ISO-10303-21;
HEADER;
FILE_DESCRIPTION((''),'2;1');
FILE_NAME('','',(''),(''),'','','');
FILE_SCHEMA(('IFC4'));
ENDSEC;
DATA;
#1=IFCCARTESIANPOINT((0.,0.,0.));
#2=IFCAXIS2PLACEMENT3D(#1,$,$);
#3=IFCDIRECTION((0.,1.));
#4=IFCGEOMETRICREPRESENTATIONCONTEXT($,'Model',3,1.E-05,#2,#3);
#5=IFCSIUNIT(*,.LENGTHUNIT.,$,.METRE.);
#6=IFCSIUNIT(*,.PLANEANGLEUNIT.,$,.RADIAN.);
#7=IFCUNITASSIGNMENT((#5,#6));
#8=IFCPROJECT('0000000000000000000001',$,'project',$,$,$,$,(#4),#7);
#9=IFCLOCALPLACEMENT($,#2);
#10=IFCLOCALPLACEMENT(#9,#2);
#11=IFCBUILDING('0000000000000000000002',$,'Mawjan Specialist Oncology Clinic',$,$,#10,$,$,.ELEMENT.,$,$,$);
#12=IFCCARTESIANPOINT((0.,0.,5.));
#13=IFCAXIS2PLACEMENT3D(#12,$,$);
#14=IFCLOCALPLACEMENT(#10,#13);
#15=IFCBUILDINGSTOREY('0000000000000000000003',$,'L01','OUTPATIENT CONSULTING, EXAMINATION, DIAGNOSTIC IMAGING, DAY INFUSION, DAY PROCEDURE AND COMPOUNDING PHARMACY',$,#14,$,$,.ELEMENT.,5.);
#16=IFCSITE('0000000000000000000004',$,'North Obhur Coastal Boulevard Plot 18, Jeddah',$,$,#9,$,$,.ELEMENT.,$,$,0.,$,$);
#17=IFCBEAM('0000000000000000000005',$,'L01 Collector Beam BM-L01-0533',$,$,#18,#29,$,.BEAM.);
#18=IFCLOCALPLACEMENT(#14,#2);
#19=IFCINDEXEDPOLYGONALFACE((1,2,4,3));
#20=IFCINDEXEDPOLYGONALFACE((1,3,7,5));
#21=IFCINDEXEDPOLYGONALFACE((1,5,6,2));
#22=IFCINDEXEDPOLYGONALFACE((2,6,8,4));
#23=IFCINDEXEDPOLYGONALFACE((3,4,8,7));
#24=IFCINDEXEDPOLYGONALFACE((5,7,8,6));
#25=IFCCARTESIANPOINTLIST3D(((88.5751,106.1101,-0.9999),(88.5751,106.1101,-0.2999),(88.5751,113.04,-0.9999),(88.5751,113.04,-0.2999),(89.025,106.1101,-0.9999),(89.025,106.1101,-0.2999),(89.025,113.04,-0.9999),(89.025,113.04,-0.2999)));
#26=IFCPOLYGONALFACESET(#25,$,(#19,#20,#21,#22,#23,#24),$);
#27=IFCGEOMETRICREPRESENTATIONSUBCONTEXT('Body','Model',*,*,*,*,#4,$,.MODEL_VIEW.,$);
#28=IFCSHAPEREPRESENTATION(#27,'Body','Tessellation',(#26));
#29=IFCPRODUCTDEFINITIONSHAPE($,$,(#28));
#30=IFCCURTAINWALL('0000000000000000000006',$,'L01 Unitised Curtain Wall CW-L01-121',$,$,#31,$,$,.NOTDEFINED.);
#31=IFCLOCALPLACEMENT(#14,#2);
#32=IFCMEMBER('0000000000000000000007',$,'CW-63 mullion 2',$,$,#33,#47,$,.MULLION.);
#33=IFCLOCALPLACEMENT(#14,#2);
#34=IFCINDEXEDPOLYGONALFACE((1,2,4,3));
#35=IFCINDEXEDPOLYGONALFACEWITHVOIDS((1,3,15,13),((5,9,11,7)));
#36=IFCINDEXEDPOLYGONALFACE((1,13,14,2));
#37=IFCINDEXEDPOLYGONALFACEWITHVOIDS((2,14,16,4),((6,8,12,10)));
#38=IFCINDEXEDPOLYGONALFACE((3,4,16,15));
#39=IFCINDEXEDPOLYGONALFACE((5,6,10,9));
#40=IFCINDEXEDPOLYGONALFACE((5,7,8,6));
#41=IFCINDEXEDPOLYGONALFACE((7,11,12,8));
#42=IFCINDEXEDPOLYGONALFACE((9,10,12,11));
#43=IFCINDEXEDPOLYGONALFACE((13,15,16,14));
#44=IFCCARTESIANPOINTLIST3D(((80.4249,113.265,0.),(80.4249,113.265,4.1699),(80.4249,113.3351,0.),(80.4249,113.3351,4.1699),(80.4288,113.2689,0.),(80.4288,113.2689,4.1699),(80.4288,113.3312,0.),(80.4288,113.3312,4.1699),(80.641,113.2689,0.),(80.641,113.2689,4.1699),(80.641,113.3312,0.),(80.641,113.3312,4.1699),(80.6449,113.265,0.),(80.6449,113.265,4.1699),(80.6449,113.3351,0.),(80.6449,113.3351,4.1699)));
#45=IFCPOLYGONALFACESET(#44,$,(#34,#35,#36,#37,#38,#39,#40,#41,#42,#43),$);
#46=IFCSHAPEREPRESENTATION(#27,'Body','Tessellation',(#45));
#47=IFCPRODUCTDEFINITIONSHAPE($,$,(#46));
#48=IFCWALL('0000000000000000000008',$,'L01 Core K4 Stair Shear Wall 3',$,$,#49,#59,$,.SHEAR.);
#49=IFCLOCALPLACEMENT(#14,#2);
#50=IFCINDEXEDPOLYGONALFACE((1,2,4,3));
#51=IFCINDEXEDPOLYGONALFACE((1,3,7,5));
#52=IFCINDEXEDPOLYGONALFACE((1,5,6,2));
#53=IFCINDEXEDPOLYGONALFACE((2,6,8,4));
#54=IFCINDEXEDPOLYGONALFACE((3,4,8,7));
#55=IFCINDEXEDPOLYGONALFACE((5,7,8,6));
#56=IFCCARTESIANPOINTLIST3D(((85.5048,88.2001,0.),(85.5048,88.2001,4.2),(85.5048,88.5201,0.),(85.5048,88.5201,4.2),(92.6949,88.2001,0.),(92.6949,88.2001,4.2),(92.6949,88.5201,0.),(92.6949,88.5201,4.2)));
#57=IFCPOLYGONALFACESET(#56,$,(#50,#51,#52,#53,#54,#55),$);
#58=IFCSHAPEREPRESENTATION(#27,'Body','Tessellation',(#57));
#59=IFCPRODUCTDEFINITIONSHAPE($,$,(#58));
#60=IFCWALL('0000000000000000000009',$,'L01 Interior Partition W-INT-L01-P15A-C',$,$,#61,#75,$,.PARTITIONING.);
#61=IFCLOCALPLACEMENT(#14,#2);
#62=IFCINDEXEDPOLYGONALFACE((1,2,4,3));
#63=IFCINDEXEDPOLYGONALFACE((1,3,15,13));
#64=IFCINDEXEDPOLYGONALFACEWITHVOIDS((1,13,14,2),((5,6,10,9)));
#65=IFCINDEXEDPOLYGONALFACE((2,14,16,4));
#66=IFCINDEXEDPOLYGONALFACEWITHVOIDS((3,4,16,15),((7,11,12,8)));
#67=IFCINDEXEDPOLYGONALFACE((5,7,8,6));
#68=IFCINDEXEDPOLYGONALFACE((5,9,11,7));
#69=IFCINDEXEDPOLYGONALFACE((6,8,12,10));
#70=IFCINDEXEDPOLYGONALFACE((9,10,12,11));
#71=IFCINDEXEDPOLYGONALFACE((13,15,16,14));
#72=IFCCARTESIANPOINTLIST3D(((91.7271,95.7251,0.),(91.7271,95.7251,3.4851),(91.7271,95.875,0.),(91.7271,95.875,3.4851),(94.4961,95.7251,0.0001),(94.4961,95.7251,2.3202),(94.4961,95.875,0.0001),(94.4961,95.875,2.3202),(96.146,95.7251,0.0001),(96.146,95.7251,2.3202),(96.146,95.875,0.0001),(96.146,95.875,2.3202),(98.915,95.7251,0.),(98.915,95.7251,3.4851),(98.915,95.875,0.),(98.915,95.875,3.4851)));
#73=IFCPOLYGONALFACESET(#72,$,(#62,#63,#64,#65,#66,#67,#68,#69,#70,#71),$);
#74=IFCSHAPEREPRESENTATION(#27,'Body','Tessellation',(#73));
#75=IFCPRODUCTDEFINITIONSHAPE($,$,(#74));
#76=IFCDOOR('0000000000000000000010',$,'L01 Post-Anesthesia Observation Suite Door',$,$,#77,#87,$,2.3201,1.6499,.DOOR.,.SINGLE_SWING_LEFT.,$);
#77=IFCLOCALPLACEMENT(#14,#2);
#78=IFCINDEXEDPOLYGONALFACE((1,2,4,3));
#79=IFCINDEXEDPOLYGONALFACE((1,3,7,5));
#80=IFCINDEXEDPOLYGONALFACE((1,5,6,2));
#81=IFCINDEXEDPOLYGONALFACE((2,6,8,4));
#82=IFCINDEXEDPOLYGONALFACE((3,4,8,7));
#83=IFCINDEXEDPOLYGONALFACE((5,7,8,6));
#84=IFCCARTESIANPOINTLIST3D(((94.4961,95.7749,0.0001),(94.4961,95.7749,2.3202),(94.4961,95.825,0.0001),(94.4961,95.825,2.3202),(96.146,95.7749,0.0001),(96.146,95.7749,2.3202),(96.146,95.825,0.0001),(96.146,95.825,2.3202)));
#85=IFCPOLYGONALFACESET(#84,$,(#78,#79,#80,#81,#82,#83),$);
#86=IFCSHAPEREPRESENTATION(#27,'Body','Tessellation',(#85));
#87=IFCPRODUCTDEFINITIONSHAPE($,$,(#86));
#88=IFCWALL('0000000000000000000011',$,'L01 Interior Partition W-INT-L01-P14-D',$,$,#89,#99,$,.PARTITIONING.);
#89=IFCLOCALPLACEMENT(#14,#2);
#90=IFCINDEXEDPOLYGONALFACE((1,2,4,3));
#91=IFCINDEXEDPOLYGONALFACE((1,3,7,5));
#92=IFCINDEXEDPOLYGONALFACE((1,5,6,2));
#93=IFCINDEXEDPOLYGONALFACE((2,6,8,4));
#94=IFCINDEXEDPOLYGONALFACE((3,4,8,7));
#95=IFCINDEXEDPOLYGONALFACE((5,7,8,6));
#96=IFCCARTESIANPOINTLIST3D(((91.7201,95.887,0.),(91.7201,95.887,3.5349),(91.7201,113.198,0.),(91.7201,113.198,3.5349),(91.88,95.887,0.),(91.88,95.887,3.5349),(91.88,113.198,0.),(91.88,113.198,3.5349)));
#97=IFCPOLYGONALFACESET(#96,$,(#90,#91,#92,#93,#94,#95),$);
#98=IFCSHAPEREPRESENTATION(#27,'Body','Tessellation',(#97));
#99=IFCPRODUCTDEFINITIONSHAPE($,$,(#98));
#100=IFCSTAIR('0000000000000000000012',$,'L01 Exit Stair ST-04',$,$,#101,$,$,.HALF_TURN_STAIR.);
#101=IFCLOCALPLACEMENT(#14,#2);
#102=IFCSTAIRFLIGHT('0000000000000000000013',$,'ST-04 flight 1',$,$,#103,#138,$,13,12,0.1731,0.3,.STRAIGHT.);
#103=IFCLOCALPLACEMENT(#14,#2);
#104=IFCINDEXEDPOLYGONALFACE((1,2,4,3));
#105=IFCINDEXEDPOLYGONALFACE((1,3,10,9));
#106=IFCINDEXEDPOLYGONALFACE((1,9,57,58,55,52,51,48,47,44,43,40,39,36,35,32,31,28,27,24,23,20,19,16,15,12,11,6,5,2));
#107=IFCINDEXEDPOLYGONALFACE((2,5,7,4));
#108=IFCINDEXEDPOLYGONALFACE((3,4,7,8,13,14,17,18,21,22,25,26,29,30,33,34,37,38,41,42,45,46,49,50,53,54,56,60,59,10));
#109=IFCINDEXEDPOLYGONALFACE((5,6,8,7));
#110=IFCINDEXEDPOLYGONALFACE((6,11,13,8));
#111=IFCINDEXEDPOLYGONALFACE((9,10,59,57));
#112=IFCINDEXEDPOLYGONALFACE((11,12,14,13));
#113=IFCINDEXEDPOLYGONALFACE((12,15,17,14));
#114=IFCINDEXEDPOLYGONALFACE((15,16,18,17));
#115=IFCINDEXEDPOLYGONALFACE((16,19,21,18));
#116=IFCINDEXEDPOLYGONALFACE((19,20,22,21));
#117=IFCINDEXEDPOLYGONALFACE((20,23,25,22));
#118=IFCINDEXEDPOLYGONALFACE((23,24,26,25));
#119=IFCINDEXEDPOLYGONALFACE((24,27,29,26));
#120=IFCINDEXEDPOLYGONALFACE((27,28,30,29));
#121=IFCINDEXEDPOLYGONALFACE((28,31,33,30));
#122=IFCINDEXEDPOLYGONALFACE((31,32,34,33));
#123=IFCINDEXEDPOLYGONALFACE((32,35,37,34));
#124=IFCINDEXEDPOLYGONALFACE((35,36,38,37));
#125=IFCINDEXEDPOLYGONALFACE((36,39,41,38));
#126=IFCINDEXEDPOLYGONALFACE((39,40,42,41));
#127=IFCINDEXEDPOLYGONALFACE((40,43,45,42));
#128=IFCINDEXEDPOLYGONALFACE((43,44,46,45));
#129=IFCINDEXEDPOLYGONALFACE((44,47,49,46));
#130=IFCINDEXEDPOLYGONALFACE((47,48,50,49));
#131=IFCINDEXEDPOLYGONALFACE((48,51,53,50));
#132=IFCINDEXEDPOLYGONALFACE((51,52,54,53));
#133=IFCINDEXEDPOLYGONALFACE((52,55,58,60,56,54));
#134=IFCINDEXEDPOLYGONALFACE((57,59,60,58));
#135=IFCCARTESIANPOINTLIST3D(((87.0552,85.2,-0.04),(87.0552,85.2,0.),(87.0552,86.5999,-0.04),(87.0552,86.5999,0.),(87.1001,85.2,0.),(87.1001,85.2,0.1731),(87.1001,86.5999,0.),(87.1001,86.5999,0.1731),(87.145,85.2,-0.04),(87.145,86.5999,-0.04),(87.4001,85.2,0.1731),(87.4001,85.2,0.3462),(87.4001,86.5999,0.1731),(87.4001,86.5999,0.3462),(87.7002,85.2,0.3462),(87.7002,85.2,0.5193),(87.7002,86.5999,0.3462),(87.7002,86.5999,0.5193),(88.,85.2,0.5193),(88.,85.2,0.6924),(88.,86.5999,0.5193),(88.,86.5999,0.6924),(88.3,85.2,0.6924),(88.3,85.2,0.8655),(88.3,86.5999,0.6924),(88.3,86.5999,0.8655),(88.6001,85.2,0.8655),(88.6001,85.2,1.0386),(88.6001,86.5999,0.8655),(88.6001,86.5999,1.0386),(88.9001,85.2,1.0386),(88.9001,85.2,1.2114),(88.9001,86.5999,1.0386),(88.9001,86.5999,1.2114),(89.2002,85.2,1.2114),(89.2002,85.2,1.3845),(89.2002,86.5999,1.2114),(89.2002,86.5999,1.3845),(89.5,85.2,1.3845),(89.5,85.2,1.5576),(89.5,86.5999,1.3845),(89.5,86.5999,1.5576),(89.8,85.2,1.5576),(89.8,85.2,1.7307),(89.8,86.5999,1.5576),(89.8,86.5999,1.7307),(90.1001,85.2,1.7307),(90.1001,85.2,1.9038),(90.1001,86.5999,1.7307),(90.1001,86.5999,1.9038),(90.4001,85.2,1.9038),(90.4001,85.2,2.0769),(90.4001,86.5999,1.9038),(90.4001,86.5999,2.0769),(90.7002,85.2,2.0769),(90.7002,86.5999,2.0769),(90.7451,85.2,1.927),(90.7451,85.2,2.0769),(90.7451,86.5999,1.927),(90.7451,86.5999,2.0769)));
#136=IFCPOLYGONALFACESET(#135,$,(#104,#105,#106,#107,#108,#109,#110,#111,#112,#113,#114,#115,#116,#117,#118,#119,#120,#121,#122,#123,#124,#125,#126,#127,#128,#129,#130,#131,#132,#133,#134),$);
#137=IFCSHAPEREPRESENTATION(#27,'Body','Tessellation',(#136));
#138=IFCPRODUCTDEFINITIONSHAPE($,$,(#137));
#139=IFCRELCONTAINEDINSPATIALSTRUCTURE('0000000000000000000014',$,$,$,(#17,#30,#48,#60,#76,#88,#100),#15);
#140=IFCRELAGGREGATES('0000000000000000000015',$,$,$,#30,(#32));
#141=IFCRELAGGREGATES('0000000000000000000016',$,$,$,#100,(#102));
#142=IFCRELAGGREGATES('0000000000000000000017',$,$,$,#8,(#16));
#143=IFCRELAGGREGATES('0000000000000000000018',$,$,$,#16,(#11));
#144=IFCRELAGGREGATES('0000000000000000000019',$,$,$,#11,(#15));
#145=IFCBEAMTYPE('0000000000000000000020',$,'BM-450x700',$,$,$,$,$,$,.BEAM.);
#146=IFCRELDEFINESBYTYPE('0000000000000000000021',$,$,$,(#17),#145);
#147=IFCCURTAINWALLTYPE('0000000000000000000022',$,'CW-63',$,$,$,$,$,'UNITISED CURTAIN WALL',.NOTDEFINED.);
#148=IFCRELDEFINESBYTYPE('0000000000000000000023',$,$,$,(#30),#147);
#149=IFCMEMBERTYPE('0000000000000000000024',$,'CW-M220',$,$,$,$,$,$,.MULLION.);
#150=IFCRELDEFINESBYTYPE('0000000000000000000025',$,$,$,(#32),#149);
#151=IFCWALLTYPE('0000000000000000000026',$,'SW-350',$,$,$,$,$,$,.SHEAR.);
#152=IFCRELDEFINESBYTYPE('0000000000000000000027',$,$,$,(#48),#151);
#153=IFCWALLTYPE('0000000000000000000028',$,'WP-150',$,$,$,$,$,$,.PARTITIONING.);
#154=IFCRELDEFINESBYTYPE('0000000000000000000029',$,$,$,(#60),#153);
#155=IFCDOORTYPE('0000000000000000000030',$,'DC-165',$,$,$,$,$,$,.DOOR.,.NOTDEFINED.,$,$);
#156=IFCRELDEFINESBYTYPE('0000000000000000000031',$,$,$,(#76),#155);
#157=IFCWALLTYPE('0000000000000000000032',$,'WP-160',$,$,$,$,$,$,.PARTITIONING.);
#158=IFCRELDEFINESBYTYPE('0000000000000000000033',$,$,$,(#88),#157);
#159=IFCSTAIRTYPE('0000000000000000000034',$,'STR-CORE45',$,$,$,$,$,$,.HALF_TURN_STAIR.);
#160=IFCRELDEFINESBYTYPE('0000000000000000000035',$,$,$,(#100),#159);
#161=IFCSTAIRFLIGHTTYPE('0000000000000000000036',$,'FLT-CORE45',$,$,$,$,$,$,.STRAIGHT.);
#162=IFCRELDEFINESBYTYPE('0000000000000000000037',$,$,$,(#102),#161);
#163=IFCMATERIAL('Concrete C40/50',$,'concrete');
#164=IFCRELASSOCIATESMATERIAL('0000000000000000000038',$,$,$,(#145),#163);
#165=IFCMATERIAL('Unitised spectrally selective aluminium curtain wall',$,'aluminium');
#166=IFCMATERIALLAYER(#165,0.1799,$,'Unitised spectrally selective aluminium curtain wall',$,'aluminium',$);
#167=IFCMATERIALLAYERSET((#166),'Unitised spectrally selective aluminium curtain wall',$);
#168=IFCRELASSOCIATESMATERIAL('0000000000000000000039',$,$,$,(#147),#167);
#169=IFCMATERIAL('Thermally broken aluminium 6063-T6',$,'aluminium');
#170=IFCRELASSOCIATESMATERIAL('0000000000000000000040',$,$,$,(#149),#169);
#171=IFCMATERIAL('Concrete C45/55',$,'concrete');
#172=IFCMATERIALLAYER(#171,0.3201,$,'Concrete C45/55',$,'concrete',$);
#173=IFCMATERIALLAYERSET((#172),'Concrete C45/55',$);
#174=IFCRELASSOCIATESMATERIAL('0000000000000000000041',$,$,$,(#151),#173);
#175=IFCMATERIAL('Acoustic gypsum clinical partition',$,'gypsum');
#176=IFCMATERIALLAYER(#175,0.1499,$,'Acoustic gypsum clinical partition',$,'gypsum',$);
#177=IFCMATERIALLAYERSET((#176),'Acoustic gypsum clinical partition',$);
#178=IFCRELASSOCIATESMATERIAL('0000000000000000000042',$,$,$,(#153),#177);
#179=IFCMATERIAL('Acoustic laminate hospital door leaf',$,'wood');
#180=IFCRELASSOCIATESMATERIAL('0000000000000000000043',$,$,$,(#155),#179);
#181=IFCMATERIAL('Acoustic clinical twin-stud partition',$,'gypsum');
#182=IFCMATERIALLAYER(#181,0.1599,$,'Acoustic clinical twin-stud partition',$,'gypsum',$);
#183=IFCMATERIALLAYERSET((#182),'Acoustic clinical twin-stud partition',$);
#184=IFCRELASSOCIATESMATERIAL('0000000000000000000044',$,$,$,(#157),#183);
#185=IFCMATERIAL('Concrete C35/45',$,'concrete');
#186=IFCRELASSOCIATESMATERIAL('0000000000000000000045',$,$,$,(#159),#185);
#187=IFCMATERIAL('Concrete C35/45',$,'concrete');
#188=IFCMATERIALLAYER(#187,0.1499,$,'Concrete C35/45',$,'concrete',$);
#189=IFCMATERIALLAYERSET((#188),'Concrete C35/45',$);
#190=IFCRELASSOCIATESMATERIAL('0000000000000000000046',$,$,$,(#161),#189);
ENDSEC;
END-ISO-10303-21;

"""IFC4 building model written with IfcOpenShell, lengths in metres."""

from ifc_helpers import new_model, si_unit, direction, frame, frame_2d, origin, origin_2d, place, context, subcontext, project, spatial, polyline, rectangle, hollow_rectangle, outline, extrude, material, layer, layer_set, material_profile, profile_set, type_object, element, fill, aggregate, save


model = new_model("IFC4")

# Units and contexts
model_context = context("Model", 3, precision=1e-05, world=origin(), true_north=direction((0.0, 1.0)))
body_context = subcontext(model_context, "Body", "Model", "MODEL_VIEW")
ifc_project = project(units=[si_unit("LENGTHUNIT", "METRE"), si_unit("PLANEANGLEUNIT", "RADIAN")], contexts=[model_context])

# Site, building, storey
site_placement = place(None, origin())
site = spatial("IfcSite", under=ifc_project, at=site_placement, Name="North Obhur Coastal Boulevard Plot 18, Jeddah", CompositionType="ELEMENT", RefElevation=0.0)
building_placement = place(site_placement, origin())
building = spatial("IfcBuilding", under=site, at=building_placement, Name="Mawjan Specialist Oncology Clinic", CompositionType="ELEMENT")
storey_placement = place(building_placement, frame((0.0, 0.0, 5.0)))
storey = spatial("IfcBuildingStorey", under=building, at=storey_placement, Name="L01", Description="OUTPATIENT CONSULTING, EXAMINATION, DIAGNOSTIC IMAGING, DAY INFUSION, DAY PROCEDURE AND COMPOUNDING PHARMACY", CompositionType="ELEMENT", Elevation=5.0)

# Beam
ifc_material_1 = material(Name="Concrete C40/50", Category="concrete")
ifc_material_profile_1 = material_profile(ifc_material_1, rectangle(XDim=0.45, YDim=0.7, at=origin_2d()), Name="RC BM 450x700", Category="concrete")
ifc_profile_set_1 = profile_set([ifc_material_profile_1], Name="Concrete C40/50")
beam_type_1 = type_object("IfcBeamType", Name="BM-450x700", PredefinedType="BEAM", material=ifc_profile_set_1)
beam_1_placement = place(storey_placement, frame((88.8, 106.1101, -0.6499), z_axis=(0.0, 1.0, 0.0), x_axis=(-1.0, 0.0, 0.0)))
element("IfcBeam", 1, at=beam_1_placement, inside=storey, type_object=beam_type_1, Name="L01 Collector Beam BM-L01-0533", PredefinedType="BEAM", context=body_context, shape_type="SweptSolid", body=[
    extrude(rectangle(XDim=0.45, YDim=0.7, at=origin_2d()), origin(), (0.0, 0.0, 1.0), 6.9299),
])

# Curtain wall, member
ifc_material_2 = material(Name="Unitised spectrally selective aluminium curtain wall", Category="aluminium")
ifc_layer_1 = layer(ifc_material_2, 0.1799, Name="Unitised spectrally selective aluminium curtain wall", Category="aluminium")
ifc_layer_set_1 = layer_set([ifc_layer_1], Name="Unitised spectrally selective aluminium curtain wall")
curtain_wall_type = type_object("IfcCurtainWallType", Name="CW-63", ElementType="UNITISED CURTAIN WALL", PredefinedType="NOTDEFINED", material=ifc_layer_set_1)
curtain_wall_placement = place(storey_placement, origin())
curtain_wall = element("IfcCurtainWall", 2, at=curtain_wall_placement, inside=storey, type_object=curtain_wall_type, Name="L01 Unitised Curtain Wall CW-L01-121", PredefinedType="NOTDEFINED")
ifc_material_3 = material(Name="Thermally broken aluminium 6063-T6", Category="aluminium")
ifc_material_profile_2 = material_profile(ifc_material_3, hollow_rectangle(XDim=0.0701, YDim=0.22, WallThickness=0.0039, at=origin_2d()), Name="ALU MULLION 220x70x4", Category="aluminium")
ifc_profile_set_2 = profile_set([ifc_material_profile_2], Name="Thermally broken aluminium 6063-T6")
member_type = type_object("IfcMemberType", Name="CW-M220", PredefinedType="MULLION", material=ifc_profile_set_2)
member_placement = place(storey_placement, frame((80.5349, 113.3, 0.0), z_axis=(0.0, 0.0, 1.0), x_axis=(0.0, 1.0, 0.0)))
member = element("IfcMember", 3, at=member_placement, type_object=member_type, Name="CW-63 mullion 2", PredefinedType="MULLION", context=body_context, shape_type="SweptSolid", body=[
    extrude(hollow_rectangle(XDim=0.0701, YDim=0.22, WallThickness=0.0039, at=origin_2d()), origin(), (0.0, 0.0, 1.0), 4.1699),
])
aggregate(curtain_wall, [member])

# Wall
ifc_material_4 = material(Name="Concrete C45/55", Category="concrete")
ifc_layer_2 = layer(ifc_material_4, 0.3201, Name="Concrete C45/55", Category="concrete")
ifc_layer_set_2 = layer_set([ifc_layer_2], Name="Concrete C45/55")
wall_type_1 = type_object("IfcWallType", Name="SW-350", PredefinedType="SHEAR", material=ifc_layer_set_2)
wall_1_placement = place(storey_placement, frame((92.6951, 88.3601, 0.0), z_axis=(0.0, 0.0, 1.0), x_axis=(-1.0, 0.0, 0.0)))
element("IfcWall", 4, at=wall_1_placement, inside=storey, type_object=wall_type_1, Name="L01 Core K4 Stair Shear Wall 3", PredefinedType="SHEAR", context=body_context, shape_type="SweptSolid", body=[
    extrude(rectangle(XDim=7.1902, YDim=0.3201, at=frame_2d((3.5952, 0.0))), origin(), (0.0, 0.0, 1.0), 4.2),
])

# Wall, opening, door
ifc_material_5 = material(Name="Acoustic gypsum clinical partition", Category="gypsum")
ifc_layer_3 = layer(ifc_material_5, 0.1499, Name="Acoustic gypsum clinical partition", Category="gypsum")
ifc_layer_set_3 = layer_set([ifc_layer_3], Name="Acoustic gypsum clinical partition")
wall_type_2 = type_object("IfcWallType", Name="WP-150", PredefinedType="PARTITIONING", material=ifc_layer_set_3)
wall_2_placement = place(storey_placement, frame((91.7271, 95.8, 0.0), z_axis=(0.0, 0.0, 1.0), x_axis=(1.0, 0.0, 0.0)))
wall_2 = element("IfcWall", 5, at=wall_2_placement, inside=storey, type_object=wall_type_2, Name="L01 Interior Partition W-INT-L01-P15A-C", PredefinedType="PARTITIONING", context=body_context, shape_type="SweptSolid", body=[
    extrude(rectangle(XDim=7.188, YDim=0.1499, at=frame_2d((3.594, 0.0))), origin(), (0.0, 0.0, 1.0), 3.4851),
])
opening_1_placement = place(wall_2_placement, frame((2.769, 0.0, 0.0)))
opening_1 = element("IfcOpeningElement", 6, at=opening_1_placement, cuts=wall_2, PredefinedType="OPENING", context=body_context, shape_type="SweptSolid", body=[
    extrude(rectangle(XDim=1.6499, YDim=2.3201, at=frame_2d((0.825, 1.1602))), frame((0.0, 0.0869, 0.0), z_axis=(0.0, -1.0, 0.0), x_axis=(1.0, 0.0, 0.0)), (0.0, 0.0, 1.0), 0.1738),
])
ifc_material_6 = material(Name="Acoustic laminate hospital door leaf", Category="wood")
door_type_1 = type_object("IfcDoorType", Name="DC-165", OperationType="NOTDEFINED", PredefinedType="DOOR", material=ifc_material_6)
door_1_placement = place(opening_1_placement, origin())
door_1 = element("IfcDoor", 7, at=door_1_placement, inside=storey, type_object=door_type_1, Name="L01 Post-Anesthesia Observation Suite Door", OperationType="SINGLE_SWING_LEFT", OverallHeight=2.3201, OverallWidth=1.6499, PredefinedType="DOOR", context=body_context, shape_type="SweptSolid", body=[
    extrude(rectangle(XDim=1.6499, YDim=2.3201, at=frame_2d((0.825, 1.1602))), frame((0.0, 0.0249, 0.0), z_axis=(0.0, -1.0, 0.0), x_axis=(1.0, 0.0, 0.0)), (0.0, 0.0, 1.0), 0.05),
])
fill(opening_1, door_1)

# Wall
ifc_material_7 = material(Name="Acoustic clinical twin-stud partition", Category="gypsum")
ifc_layer_4 = layer(ifc_material_7, 0.1599, Name="Acoustic clinical twin-stud partition", Category="gypsum")
ifc_layer_set_4 = layer_set([ifc_layer_4], Name="Acoustic clinical twin-stud partition")
wall_type_3 = type_object("IfcWallType", Name="WP-160", PredefinedType="PARTITIONING", material=ifc_layer_set_4)
wall_3_placement = place(storey_placement, frame((91.8, 95.887, 0.0), z_axis=(0.0, 0.0, 1.0), x_axis=(0.0, 1.0, 0.0)))
element("IfcWall", 8, at=wall_3_placement, inside=storey, type_object=wall_type_3, Name="L01 Interior Partition W-INT-L01-P14-D", PredefinedType="PARTITIONING", context=body_context, shape_type="SweptSolid", body=[
    extrude(rectangle(XDim=17.311, YDim=0.1599, at=frame_2d((8.6555, 0.0))), origin(), (0.0, 0.0, 1.0), 3.5349),
])

# Stair, stair flight
ifc_material_8 = material(Name="Concrete C35/45", Category="concrete")
stair_type = type_object("IfcStairType", Name="STR-CORE45", PredefinedType="HALF_TURN_STAIR", material=ifc_material_8)
stair_placement = place(storey_placement, origin())
stair = element("IfcStair", 9, at=stair_placement, inside=storey, type_object=stair_type, Name="L01 Exit Stair ST-04", PredefinedType="HALF_TURN_STAIR")
ifc_material_9 = material(Name="Concrete C35/45", Category="concrete")
ifc_layer_5 = layer(ifc_material_9, 0.1499, Name="Concrete C35/45", Category="concrete")
ifc_layer_set_5 = layer_set([ifc_layer_5], Name="Concrete C35/45")
stair_flight_type = type_object("IfcStairFlightType", Name="FLT-CORE45", PredefinedType="STRAIGHT", material=ifc_layer_set_5)
stair_flight_1_placement = place(storey_placement, frame((87.1001, 85.8999, 0.0), z_axis=(0.0, 0.0, 1.0), x_axis=(1.0, 0.0, 0.0)))
stair_flight_1 = element("IfcStairFlight", 10, at=stair_flight_1_placement, type_object=stair_flight_type, Name="ST-04 flight 1", NumberOfRisers=13, NumberOfTreads=12, PredefinedType="STRAIGHT", RiserHeight=0.1731, TreadLength=0.3, context=body_context, shape_type="SweptSolid", body=[
    extrude(outline(polyline([(-0.0449, -0.04), (-0.0449, 0.0), (0.0, 0.0), (0.0, 0.1731), (0.3, 0.1731), (0.3, 0.3462), (0.6001, 0.3462), (0.6001, 0.5193), (0.8999, 0.5193), (0.8999, 0.6924), (1.2, 0.6924), (1.2, 0.8655), (1.5, 0.8655), (1.5, 1.0386), (1.8, 1.0386), (1.8, 1.2114), (2.1001, 1.2114), (2.1001, 1.3845), (2.3999, 1.3845), (2.3999, 1.5576), (2.7, 1.5576), (2.7, 1.7307), (3.0, 1.7307), (3.0, 1.9038), (3.3, 1.9038), (3.3, 2.0769), (3.6001, 2.0769), (3.645, 2.0769), (3.645, 1.927), (0.0449, -0.04), (-0.0449, -0.04)])), frame((0.0, 0.7, 0.0), z_axis=(0.0, -1.0, 0.0), x_axis=(1.0, 0.0, 0.0)), (0.0, 0.0, 1.0), 1.3999),
])
aggregate(stair, [stair_flight_1])

save(model, "model.ifc")
